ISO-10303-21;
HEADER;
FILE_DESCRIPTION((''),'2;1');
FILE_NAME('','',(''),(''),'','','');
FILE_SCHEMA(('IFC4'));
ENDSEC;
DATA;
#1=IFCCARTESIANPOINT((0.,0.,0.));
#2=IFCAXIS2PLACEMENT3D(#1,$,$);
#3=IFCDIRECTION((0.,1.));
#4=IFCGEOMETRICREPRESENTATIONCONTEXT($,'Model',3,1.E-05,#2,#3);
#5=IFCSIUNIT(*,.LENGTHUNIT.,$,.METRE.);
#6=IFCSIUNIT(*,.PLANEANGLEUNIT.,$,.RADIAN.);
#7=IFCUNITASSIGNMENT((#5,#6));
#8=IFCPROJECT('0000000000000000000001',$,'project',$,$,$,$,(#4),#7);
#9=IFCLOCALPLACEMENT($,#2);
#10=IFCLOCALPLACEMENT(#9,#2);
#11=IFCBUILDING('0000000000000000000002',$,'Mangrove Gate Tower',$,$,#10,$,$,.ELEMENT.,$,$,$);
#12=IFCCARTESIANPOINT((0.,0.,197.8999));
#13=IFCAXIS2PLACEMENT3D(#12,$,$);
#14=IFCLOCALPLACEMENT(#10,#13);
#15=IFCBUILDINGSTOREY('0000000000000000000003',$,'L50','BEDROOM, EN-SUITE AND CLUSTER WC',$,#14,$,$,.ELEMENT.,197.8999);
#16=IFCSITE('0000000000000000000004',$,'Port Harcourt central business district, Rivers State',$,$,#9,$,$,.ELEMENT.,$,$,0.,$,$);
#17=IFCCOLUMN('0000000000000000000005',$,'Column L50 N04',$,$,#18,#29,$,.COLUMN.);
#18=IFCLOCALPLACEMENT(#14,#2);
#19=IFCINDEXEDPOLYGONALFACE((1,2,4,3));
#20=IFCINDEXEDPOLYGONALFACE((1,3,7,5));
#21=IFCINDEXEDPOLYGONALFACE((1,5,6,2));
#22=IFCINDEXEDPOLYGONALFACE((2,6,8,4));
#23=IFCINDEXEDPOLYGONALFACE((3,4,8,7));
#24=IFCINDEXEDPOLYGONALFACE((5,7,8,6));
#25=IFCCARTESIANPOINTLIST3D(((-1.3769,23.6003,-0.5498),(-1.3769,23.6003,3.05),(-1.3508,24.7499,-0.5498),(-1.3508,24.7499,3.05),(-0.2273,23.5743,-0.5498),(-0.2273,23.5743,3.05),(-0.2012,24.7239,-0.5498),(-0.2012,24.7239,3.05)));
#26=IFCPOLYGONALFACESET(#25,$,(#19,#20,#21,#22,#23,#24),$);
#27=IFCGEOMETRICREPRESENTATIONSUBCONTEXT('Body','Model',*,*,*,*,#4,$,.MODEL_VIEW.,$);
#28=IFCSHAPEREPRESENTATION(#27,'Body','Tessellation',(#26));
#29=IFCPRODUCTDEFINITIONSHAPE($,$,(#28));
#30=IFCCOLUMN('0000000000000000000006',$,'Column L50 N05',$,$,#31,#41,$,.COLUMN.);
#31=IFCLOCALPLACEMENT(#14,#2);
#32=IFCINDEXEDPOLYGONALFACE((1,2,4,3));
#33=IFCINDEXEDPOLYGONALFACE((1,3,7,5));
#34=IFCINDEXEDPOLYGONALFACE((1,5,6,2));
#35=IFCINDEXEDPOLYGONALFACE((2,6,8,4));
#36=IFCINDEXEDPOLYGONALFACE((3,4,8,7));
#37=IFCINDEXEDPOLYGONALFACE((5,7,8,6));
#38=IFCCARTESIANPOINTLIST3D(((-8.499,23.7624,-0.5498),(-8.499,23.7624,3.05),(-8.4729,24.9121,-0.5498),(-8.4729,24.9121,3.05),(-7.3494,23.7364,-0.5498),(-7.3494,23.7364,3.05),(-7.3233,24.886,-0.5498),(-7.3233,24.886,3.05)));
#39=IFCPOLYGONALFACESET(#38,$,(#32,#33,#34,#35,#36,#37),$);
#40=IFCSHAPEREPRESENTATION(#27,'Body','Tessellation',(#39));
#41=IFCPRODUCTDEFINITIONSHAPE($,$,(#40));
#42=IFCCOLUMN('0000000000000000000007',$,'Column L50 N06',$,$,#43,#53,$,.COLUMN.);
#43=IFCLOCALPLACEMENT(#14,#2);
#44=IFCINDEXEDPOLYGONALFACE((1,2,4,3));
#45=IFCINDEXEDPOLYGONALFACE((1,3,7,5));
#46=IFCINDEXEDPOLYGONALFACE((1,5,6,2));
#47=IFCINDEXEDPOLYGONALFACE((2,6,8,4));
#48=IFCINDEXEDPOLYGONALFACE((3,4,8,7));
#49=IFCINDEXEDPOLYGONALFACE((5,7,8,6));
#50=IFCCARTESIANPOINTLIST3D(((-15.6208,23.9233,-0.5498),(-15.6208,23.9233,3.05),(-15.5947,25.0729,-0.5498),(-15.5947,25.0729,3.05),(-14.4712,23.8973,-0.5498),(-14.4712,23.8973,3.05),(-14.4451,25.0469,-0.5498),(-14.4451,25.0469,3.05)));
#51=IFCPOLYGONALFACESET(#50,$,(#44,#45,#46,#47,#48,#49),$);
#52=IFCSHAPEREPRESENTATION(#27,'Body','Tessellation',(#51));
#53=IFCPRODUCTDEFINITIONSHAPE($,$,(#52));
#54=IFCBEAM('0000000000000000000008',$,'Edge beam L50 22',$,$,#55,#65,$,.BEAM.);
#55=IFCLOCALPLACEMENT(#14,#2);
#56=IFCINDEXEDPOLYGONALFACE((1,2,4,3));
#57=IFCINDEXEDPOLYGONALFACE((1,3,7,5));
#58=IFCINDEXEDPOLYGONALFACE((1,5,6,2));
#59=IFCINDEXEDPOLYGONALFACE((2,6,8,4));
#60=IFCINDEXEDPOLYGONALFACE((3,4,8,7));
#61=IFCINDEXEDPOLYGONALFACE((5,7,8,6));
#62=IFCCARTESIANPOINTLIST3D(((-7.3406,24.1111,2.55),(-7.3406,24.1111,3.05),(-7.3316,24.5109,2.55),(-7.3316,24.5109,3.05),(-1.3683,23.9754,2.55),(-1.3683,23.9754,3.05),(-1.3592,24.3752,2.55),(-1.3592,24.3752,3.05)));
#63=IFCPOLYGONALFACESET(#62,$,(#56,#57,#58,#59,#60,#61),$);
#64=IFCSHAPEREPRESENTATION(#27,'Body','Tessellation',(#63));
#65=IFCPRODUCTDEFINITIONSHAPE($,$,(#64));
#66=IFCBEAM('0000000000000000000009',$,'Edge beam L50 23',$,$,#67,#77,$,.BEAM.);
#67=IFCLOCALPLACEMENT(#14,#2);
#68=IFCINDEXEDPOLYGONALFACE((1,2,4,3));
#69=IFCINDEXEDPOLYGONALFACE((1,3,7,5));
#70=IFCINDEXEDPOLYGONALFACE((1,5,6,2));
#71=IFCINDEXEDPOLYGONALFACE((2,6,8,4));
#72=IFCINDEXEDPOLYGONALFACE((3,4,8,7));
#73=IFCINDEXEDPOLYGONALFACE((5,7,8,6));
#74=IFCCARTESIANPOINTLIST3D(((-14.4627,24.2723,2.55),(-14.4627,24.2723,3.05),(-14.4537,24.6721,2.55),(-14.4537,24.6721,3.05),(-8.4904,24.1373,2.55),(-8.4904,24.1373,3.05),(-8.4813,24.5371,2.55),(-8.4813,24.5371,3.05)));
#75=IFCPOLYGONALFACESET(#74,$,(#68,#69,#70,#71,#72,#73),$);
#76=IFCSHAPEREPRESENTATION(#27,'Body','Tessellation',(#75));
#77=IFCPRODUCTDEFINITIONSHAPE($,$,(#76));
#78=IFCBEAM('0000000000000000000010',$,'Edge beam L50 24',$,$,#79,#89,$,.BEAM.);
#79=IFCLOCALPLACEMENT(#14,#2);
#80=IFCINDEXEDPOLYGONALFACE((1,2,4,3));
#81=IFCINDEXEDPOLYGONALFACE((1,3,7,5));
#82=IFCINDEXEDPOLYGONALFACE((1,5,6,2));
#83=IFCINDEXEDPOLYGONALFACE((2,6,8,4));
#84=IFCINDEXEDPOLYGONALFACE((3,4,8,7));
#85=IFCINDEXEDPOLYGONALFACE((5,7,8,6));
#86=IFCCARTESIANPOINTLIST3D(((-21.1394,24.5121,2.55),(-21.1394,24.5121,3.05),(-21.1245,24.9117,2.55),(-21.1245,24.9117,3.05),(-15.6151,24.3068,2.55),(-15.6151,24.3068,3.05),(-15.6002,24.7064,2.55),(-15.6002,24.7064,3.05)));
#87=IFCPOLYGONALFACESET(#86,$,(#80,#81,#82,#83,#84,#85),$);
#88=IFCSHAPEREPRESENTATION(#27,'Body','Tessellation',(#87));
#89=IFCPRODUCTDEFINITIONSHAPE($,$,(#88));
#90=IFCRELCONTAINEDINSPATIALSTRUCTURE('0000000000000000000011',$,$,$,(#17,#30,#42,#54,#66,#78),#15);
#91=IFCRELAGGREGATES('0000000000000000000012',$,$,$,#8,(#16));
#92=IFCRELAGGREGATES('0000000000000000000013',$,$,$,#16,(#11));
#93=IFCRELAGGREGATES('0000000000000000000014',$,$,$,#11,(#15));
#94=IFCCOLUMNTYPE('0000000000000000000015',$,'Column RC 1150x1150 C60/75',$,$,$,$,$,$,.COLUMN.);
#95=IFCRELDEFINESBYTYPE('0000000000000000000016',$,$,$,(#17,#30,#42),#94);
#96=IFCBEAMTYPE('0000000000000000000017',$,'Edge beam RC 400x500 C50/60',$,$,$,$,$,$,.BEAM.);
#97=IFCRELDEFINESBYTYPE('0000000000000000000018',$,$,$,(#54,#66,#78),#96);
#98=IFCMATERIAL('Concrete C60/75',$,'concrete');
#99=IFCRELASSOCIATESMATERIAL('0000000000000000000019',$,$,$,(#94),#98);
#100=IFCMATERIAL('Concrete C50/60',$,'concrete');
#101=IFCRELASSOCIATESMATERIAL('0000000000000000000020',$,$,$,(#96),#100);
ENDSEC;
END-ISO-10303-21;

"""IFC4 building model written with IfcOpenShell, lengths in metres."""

from ifc_helpers import new_model, si_unit, direction, frame, origin, origin_2d, place, context, subcontext, project, spatial, rectangle, extrude, material, material_profile, profile_set, type_object, element, save


model = new_model("IFC4")

# Units and contexts
model_context = context("Model", 3, precision=1e-05, world=origin(), true_north=direction((0.0, 1.0)))
body_context = subcontext(model_context, "Body", "Model", "MODEL_VIEW")
ifc_project = project(units=[si_unit("LENGTHUNIT", "METRE"), si_unit("PLANEANGLEUNIT", "RADIAN")], contexts=[model_context])

# Site, building, storey
site_placement = place(None, origin())
site = spatial("IfcSite", under=ifc_project, at=site_placement, Name="Port Harcourt central business district, Rivers State", CompositionType="ELEMENT", RefElevation=0.0)
building_placement = place(site_placement, origin())
building = spatial("IfcBuilding", under=site, at=building_placement, Name="Mangrove Gate Tower", CompositionType="ELEMENT")
storey_placement = place(building_placement, frame((0.0, 0.0, 197.8999)))
storey = spatial("IfcBuildingStorey", under=building, at=storey_placement, Name="L50", Description="BEDROOM, EN-SUITE AND CLUSTER WC", CompositionType="ELEMENT", Elevation=197.8999)

# Columns
ifc_material_1 = material(Name="Concrete C60/75", Category="concrete")
ifc_material_profile_1 = material_profile(ifc_material_1, rectangle(XDim=1.1499, YDim=1.1499, at=origin_2d()))
ifc_profile_set_1 = profile_set([ifc_material_profile_1], Name="Concrete C60/75")
column_type = type_object("IfcColumnType", Name="Column RC 1150x1150 C60/75", PredefinedType="COLUMN", material=ifc_profile_set_1)
for number, where, z_axis, x_axis, name in (
    (1, (-0.7891, 24.1621, -0.5498), (0.0, 0.0, 1.0), (-0.999743, 0.02267, 0.0), "Column L50 N04"),
    (2, (-7.9111, 24.3242, -0.5498), (0.0, 0.0, 1.0), (-0.999743, 0.02267, 0.0), "Column L50 N05"),
    (3, (-15.033, 24.4851, -0.5498), (0.0, 0.0, 1.0), (-0.999743, 0.02267, 0.0), "Column L50 N06"),
):
    element("IfcColumn", number, at=place(storey_placement, frame(where, z_axis=z_axis, x_axis=x_axis)), inside=storey, type_object=column_type, Name=name, PredefinedType="COLUMN", context=body_context, shape_type="SweptSolid", body=[
        extrude(rectangle(XDim=1.1499, YDim=1.1499, at=origin_2d()), origin(), (0.0, 0.0, 1.0), 3.5999),
    ])

# Beams
ifc_material_2 = material(Name="Concrete C50/60", Category="concrete")
ifc_material_profile_2 = material_profile(ifc_material_2, rectangle(XDim=0.3999, YDim=0.5, at=origin_2d()))
ifc_profile_set_2 = profile_set([ifc_material_profile_2], Name="Concrete C50/60")
beam_type = type_object("IfcBeamType", Name="Edge beam RC 400x500 C50/60", PredefinedType="BEAM", material=ifc_profile_set_2)
for number, where, z_axis, x_axis, name in (
    (4, (-1.3638, 24.1753, 2.8), (-0.999742, 0.022722, 0.0), (-0.022722, -0.999742, 0.0), "Edge beam L50 22"),
    (5, (-8.4858, 24.3372, 2.8), (-0.999745, 0.0226, 0.0), (-0.0226, -0.999745, 0.0), "Edge beam L50 23"),
):
    element("IfcBeam", number, at=place(storey_placement, frame(where, z_axis=z_axis, x_axis=x_axis)), inside=storey, type_object=beam_type, Name=name, PredefinedType="BEAM", context=body_context, shape_type="SweptSolid", body=[
        extrude(rectangle(XDim=0.3999, YDim=0.5, at=origin_2d()), origin(), (0.0, 0.0, 1.0), 5.9739),
    ])
beam_placement = place(storey_placement, frame((-15.6077, 24.5066, 2.8), z_axis=(-0.99931, 0.037142, 0.0), x_axis=(-0.037142, -0.99931, 0.0)))
element("IfcBeam", 6, at=beam_placement, inside=storey, type_object=beam_type, Name="Edge beam L50 24", PredefinedType="BEAM", context=body_context, shape_type="SweptSolid", body=[
    extrude(rectangle(XDim=0.3999, YDim=0.5, at=origin_2d()), origin(), (0.0, 0.0, 1.0), 5.5281),
])

save(model, "model.ifc")
